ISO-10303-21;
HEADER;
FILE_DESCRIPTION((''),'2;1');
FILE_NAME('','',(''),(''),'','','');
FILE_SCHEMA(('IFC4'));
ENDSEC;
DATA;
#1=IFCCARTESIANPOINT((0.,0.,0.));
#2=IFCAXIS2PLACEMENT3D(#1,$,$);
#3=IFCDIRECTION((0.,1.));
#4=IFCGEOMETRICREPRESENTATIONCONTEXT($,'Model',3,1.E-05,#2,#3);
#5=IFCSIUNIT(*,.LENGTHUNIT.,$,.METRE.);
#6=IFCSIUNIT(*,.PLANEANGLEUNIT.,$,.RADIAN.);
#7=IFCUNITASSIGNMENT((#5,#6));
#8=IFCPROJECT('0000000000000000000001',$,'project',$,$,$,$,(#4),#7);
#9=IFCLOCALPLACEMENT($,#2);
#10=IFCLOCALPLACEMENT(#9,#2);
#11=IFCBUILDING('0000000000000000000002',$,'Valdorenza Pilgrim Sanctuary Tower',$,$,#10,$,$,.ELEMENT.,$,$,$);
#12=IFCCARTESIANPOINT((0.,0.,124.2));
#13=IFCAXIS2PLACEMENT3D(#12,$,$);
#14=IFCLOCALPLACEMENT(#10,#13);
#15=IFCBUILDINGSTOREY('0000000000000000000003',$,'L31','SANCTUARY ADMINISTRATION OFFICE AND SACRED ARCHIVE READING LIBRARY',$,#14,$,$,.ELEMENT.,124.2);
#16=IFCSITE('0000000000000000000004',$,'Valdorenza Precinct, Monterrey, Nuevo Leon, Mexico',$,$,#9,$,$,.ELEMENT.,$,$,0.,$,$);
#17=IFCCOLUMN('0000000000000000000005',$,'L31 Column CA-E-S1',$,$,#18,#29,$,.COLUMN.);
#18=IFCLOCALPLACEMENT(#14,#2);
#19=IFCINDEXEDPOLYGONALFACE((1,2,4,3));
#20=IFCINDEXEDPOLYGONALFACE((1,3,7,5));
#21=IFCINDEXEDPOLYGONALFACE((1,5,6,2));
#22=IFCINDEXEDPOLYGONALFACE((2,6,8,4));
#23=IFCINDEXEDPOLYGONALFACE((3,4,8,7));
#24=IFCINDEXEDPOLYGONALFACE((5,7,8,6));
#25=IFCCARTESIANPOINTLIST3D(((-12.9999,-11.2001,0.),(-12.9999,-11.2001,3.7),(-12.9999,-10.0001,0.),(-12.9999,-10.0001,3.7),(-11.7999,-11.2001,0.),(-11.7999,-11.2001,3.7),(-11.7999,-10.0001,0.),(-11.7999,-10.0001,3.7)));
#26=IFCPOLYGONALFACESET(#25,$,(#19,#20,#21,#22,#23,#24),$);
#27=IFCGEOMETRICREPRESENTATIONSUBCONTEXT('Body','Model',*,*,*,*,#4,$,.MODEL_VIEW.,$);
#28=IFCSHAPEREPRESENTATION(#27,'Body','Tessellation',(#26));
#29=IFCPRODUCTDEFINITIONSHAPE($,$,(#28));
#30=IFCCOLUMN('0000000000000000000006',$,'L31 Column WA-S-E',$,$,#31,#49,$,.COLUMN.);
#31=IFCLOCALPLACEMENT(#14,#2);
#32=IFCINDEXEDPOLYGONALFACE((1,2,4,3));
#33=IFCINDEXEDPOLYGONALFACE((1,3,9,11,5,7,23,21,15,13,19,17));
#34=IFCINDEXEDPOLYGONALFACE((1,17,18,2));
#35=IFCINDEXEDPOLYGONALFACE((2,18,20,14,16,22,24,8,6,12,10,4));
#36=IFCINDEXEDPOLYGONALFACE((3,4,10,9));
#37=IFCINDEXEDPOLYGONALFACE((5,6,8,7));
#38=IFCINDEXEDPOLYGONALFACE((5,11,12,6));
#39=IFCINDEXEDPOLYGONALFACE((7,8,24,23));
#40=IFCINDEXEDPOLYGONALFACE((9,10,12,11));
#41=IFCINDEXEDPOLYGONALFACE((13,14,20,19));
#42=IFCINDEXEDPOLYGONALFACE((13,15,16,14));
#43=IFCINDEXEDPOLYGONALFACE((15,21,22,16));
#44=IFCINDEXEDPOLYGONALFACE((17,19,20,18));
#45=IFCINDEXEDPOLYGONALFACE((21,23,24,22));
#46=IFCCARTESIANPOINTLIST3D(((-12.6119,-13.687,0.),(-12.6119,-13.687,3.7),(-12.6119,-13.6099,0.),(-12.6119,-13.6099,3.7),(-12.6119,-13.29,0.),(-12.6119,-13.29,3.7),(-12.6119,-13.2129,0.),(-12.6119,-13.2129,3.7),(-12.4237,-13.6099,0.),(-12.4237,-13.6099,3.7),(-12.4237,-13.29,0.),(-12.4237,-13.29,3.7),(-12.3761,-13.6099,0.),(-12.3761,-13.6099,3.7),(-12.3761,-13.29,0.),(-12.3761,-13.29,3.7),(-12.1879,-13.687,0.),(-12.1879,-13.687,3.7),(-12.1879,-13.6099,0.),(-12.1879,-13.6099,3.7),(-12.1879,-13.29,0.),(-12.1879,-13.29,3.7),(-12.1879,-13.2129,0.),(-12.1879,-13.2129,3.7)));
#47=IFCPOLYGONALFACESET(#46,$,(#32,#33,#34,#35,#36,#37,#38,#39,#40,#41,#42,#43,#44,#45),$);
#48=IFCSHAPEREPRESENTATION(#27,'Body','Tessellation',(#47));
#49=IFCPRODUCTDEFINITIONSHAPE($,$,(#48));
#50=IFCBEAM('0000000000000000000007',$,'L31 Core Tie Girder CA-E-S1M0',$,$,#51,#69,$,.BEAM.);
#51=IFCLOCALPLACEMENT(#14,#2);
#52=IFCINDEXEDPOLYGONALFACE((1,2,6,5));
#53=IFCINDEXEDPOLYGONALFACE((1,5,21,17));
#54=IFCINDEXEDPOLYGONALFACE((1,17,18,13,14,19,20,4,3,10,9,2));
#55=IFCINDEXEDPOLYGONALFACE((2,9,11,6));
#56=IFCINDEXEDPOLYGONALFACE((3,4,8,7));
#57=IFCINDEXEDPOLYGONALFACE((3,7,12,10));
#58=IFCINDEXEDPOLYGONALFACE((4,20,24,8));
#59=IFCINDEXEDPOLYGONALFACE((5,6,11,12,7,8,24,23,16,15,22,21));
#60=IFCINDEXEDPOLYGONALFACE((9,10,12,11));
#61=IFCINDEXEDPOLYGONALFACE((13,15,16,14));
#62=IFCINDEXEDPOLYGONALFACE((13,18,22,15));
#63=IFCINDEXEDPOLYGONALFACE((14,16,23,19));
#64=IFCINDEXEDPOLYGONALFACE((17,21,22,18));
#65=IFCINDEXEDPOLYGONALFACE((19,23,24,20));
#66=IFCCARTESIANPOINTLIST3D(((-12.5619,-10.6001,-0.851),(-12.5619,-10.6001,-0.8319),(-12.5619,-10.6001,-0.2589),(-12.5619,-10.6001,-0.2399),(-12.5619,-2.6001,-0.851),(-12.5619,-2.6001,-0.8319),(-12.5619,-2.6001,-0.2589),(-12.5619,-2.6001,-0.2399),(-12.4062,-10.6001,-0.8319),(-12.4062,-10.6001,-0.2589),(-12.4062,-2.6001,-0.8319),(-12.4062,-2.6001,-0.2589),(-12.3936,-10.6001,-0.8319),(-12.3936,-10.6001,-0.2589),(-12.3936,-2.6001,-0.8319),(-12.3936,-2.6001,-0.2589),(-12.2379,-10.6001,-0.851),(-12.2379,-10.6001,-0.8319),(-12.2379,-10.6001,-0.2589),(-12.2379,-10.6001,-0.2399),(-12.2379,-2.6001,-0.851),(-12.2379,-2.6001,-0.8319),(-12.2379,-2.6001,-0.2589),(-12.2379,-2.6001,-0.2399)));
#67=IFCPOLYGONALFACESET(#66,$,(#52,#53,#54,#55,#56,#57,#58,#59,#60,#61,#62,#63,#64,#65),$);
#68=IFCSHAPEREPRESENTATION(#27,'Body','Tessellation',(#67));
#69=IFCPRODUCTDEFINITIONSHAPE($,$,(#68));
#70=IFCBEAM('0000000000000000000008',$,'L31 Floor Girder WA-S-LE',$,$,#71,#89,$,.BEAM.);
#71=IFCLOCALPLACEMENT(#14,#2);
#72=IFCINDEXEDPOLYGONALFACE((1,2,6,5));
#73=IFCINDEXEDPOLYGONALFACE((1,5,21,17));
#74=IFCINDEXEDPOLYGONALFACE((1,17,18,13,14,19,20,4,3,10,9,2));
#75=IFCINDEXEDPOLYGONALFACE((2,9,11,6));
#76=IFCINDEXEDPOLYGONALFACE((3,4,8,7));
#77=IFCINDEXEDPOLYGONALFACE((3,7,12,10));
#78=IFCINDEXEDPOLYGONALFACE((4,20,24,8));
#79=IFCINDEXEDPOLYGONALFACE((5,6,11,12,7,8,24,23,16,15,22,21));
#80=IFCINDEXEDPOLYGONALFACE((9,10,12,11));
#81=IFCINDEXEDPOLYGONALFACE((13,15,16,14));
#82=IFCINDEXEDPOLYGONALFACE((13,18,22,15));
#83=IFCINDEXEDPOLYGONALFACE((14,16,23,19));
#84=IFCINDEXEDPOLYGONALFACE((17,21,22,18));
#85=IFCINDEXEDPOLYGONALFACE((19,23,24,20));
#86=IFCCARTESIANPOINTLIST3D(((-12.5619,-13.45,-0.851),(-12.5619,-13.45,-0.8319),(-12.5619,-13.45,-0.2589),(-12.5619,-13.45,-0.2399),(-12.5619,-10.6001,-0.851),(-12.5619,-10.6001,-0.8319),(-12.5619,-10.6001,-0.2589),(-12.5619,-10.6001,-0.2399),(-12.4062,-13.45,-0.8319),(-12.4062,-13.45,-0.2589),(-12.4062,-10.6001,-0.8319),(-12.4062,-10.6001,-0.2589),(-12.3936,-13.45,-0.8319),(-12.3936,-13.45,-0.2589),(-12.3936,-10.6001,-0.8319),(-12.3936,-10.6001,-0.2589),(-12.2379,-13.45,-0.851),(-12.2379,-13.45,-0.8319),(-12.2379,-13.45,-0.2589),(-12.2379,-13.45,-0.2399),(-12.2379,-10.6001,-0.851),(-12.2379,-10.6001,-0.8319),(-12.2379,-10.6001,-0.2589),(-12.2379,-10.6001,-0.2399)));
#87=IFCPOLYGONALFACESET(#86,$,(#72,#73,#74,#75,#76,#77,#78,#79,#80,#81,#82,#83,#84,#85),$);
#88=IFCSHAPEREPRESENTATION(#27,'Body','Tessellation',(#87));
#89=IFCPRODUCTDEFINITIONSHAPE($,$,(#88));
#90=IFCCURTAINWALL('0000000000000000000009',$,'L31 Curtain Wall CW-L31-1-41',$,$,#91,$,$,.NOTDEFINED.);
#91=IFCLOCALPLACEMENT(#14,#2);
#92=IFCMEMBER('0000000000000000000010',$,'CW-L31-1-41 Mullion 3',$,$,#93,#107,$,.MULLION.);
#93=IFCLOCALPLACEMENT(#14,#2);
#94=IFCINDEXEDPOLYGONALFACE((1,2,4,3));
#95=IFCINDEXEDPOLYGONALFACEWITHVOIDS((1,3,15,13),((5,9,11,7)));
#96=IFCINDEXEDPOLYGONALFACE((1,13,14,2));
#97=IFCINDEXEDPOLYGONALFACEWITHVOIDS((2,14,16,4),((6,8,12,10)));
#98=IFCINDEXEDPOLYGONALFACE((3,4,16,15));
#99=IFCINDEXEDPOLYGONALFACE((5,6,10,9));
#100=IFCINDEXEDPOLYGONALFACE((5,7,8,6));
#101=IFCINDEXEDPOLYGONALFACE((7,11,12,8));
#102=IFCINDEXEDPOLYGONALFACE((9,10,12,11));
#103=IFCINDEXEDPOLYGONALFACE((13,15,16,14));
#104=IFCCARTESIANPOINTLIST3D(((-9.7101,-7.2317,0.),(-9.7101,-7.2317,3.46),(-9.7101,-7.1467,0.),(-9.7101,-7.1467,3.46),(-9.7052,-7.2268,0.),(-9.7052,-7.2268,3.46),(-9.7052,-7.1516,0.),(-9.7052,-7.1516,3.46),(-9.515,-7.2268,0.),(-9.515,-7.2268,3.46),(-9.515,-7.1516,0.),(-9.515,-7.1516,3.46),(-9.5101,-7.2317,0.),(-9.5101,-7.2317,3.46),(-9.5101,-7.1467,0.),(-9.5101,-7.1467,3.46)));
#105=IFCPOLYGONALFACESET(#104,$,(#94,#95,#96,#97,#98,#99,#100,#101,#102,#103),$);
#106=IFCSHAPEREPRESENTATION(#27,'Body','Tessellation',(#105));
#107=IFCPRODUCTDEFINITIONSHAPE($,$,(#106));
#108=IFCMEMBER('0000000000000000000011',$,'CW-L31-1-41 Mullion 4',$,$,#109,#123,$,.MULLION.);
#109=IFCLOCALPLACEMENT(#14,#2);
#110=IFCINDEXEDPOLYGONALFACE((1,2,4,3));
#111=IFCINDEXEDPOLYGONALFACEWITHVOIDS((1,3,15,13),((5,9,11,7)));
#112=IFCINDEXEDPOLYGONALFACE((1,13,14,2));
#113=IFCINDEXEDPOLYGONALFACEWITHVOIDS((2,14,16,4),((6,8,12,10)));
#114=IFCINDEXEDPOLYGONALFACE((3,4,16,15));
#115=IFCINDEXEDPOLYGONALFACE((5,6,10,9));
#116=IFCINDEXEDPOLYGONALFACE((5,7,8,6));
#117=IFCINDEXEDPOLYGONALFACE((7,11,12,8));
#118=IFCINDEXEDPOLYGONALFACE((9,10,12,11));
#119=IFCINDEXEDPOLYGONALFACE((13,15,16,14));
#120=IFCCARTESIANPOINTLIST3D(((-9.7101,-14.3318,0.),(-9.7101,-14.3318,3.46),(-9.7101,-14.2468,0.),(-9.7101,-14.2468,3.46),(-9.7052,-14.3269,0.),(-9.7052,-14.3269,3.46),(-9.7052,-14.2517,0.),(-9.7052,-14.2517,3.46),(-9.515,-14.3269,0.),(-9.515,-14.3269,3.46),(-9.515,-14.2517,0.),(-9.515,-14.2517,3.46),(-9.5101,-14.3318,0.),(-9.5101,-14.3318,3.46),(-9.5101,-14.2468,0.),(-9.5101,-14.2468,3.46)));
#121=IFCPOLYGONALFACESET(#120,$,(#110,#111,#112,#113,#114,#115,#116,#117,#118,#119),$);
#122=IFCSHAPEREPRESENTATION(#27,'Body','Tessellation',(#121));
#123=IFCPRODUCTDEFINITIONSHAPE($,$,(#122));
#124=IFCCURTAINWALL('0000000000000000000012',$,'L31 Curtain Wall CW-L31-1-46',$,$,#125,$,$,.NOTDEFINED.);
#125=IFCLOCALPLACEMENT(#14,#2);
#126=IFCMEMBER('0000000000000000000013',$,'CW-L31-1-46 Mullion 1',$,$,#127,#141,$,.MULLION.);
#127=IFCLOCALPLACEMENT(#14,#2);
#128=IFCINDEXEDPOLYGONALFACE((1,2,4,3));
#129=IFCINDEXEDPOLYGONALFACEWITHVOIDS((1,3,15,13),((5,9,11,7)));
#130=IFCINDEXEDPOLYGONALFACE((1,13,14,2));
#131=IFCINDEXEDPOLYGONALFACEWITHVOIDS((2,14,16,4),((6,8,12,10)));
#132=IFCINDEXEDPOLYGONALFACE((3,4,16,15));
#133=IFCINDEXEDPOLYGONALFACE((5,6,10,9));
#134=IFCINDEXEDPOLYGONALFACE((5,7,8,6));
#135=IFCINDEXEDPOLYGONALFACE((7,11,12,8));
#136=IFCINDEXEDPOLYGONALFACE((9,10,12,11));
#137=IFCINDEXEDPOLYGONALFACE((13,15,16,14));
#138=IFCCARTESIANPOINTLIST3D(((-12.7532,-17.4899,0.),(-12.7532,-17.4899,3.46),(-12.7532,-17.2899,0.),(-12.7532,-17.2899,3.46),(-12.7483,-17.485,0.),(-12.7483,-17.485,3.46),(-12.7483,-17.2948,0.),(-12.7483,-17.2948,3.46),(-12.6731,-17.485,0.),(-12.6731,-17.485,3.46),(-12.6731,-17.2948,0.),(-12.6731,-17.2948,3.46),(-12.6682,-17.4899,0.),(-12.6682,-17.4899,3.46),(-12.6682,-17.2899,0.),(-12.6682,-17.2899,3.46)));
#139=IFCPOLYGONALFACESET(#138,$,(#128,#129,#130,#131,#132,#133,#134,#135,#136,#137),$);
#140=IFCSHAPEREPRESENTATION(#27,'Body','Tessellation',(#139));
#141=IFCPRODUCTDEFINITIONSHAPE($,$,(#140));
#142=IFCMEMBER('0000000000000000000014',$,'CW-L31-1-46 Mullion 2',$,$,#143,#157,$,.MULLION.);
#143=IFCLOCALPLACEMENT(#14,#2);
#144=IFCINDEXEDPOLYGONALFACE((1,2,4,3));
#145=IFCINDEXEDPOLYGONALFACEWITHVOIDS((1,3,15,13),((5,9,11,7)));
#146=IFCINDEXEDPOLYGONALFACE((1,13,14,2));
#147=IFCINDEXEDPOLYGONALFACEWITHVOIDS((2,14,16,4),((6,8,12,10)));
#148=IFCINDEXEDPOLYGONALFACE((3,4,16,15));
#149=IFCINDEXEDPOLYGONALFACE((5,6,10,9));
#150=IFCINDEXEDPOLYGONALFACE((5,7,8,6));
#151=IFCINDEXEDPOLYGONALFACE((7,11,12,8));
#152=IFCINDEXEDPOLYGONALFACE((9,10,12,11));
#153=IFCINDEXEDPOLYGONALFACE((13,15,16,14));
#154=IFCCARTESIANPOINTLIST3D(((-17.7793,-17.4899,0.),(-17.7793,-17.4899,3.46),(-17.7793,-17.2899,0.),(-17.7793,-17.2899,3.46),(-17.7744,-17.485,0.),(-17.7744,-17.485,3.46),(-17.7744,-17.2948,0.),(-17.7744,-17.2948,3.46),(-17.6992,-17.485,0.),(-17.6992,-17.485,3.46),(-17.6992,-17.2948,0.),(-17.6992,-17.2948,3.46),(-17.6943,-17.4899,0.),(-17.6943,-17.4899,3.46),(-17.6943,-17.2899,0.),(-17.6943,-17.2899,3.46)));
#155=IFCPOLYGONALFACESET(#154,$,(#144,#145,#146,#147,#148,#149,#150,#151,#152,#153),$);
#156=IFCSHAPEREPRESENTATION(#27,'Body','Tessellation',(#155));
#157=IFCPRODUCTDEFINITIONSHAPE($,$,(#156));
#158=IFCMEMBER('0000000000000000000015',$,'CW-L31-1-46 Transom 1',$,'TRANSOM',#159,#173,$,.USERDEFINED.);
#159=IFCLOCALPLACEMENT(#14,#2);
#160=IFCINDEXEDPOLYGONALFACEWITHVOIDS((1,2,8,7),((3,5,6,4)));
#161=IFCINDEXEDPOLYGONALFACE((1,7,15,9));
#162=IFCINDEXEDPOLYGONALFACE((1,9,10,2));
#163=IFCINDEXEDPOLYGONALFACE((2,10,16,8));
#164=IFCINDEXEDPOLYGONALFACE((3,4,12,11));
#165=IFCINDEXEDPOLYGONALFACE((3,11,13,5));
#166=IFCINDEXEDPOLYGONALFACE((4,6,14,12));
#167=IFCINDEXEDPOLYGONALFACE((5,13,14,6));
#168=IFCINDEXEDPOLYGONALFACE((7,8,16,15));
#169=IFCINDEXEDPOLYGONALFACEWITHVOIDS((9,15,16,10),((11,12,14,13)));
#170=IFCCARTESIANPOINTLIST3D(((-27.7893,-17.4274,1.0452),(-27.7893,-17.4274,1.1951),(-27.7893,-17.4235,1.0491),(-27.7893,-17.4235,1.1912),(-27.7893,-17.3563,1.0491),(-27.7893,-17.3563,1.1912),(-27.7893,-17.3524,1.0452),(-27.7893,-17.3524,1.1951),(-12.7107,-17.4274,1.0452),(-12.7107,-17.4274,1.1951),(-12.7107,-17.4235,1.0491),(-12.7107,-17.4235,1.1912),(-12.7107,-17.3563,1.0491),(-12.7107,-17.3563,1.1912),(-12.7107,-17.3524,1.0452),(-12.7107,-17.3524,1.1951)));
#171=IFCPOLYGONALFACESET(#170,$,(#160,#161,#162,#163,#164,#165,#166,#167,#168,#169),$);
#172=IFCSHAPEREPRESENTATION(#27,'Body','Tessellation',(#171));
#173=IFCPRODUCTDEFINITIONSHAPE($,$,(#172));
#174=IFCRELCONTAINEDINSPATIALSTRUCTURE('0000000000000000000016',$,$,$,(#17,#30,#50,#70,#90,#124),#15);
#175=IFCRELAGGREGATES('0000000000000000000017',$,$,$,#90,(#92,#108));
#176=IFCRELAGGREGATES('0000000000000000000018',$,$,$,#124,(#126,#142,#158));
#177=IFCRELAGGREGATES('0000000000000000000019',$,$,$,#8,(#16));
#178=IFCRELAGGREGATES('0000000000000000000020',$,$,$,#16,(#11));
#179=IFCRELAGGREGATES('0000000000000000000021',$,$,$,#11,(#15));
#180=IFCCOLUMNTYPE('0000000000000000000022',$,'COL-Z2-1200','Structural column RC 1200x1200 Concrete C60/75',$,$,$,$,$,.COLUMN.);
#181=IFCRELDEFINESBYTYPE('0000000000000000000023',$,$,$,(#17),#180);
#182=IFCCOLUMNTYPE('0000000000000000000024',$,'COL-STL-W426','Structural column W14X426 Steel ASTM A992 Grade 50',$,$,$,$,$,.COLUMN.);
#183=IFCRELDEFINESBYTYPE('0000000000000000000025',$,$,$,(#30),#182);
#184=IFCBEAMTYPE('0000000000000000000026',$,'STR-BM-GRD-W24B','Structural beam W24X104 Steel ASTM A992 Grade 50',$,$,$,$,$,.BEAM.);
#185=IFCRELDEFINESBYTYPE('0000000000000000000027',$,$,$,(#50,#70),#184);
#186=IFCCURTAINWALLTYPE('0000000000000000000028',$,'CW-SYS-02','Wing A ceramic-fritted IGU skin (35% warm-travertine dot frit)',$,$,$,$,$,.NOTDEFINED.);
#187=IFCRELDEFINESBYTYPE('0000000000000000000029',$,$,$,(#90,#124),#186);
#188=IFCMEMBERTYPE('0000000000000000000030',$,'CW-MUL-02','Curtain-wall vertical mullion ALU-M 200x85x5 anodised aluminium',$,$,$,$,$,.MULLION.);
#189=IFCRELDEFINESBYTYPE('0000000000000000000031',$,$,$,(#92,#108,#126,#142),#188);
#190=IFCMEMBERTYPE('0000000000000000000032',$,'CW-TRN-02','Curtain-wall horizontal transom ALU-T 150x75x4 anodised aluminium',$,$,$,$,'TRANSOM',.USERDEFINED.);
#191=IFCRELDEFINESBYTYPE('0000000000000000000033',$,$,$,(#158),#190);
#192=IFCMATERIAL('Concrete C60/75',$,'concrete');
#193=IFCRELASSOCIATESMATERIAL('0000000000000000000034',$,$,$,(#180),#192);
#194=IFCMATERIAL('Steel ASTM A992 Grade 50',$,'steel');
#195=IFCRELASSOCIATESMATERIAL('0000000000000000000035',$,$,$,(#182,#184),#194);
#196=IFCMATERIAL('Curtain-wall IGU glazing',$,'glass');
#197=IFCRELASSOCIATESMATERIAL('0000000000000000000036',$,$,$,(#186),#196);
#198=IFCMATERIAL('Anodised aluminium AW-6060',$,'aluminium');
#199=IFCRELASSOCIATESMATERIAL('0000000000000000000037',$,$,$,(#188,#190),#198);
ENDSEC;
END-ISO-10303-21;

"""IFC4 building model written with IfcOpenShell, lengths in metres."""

from ifc_helpers import new_model, si_unit, direction, frame, origin, origin_2d, place, context, subcontext, project, spatial, rectangle, hollow_rectangle, i_section, extrude, source, transform, mapped, material, material_profile, profile_set, type_object, element, aggregate, save


model = new_model("IFC4")

# Units and contexts
model_context = context("Model", 3, precision=1e-05, world=origin(), true_north=direction((0.0, 1.0)))
body_context = subcontext(model_context, "Body", "Model", "MODEL_VIEW")
ifc_project = project(units=[si_unit("LENGTHUNIT", "METRE"), si_unit("PLANEANGLEUNIT", "RADIAN")], contexts=[model_context])

# Site, building, storey
site_placement = place(None, origin())
site = spatial("IfcSite", under=ifc_project, at=site_placement, Name="Valdorenza Precinct, Monterrey, Nuevo Leon, Mexico", CompositionType="ELEMENT", RefElevation=0.0)
building_placement = place(site_placement, origin())
building = spatial("IfcBuilding", under=site, at=building_placement, Name="Valdorenza Pilgrim Sanctuary Tower", CompositionType="ELEMENT")
storey_placement = place(building_placement, frame((0.0, 0.0, 124.2)))
storey = spatial("IfcBuildingStorey", under=building, at=storey_placement, Name="L31", Description="SANCTUARY ADMINISTRATION OFFICE AND SACRED ARCHIVE READING LIBRARY", CompositionType="ELEMENT", Elevation=124.2)

# Columns
ifc_material_1 = material(Name="Concrete C60/75", Category="concrete")
ifc_material_profile_1 = material_profile(ifc_material_1, rectangle(XDim=1.2, YDim=1.2, at=origin_2d()), Name="RC 1200x1200")
ifc_profile_set_1 = profile_set([ifc_material_profile_1], Name="Concrete C60/75")
column_type_1 = type_object("IfcColumnType", Name="COL-Z2-1200", Description="Structural column RC 1200x1200 Concrete C60/75", PredefinedType="COLUMN", material=ifc_profile_set_1)
shared_shape_1 = source(origin(), body_context, "Body", "SweptSolid", [
    extrude(rectangle(XDim=1.2, YDim=1.2, at=origin_2d()), origin(), (0.0, 0.0, 1.0), 3.7),
])
column_1_placement = place(storey_placement, frame((-12.3999, -10.6001, 0.0), z_axis=(0.0, 0.0, 1.0), x_axis=(1.0, 0.0, 0.0)))
element("IfcColumn", 1, at=column_1_placement, inside=storey, type_object=column_type_1, Name="L31 Column CA-E-S1", PredefinedType="COLUMN", context=body_context, shape_type="MappedRepresentation", body=[
    mapped(shared_shape_1, transform((0.0, 0.0, 0.0), x_axis=(1.0, 0.0, 0.0), y_axis=(0.0, 1.0, 0.0), z_axis=(0.0, 0.0, 1.0), scale=1.0)),
])
ifc_material_2 = material(Name="Steel ASTM A992 Grade 50", Category="steel")
ifc_material_profile_2 = material_profile(ifc_material_2, i_section(OverallWidth=0.4241, OverallDepth=0.4741, WebThickness=0.0476, FlangeThickness=0.0771, at=origin_2d()), Name="W14X426")
ifc_profile_set_2 = profile_set([ifc_material_profile_2], Name="Steel ASTM A992 Grade 50")
column_type_2 = type_object("IfcColumnType", Name="COL-STL-W426", Description="Structural column W14X426 Steel ASTM A992 Grade 50", PredefinedType="COLUMN", material=ifc_profile_set_2)
shared_shape_2 = source(origin(), body_context, "Body", "SweptSolid", [
    extrude(i_section(OverallWidth=0.4241, OverallDepth=0.4741, WebThickness=0.0476, FlangeThickness=0.0771, at=origin_2d()), origin(), (0.0, 0.0, 1.0), 3.7),
])
column_2_placement = place(storey_placement, frame((-12.3999, -13.45, 0.0), z_axis=(0.0, 0.0, 1.0), x_axis=(1.0, 0.0, 0.0)))
element("IfcColumn", 2, at=column_2_placement, inside=storey, type_object=column_type_2, Name="L31 Column WA-S-E", PredefinedType="COLUMN", context=body_context, shape_type="MappedRepresentation", body=[
    mapped(shared_shape_2, transform((0.0, 0.0, 0.0), x_axis=(1.0, 0.0, 0.0), y_axis=(0.0, 1.0, 0.0), z_axis=(0.0, 0.0, 1.0), scale=1.0)),
])

# Beams
ifc_material_profile_3 = material_profile(ifc_material_2, i_section(OverallWidth=0.324, OverallDepth=0.6111, WebThickness=0.0127, FlangeThickness=0.019, at=origin_2d()), Name="W24X104")
ifc_profile_set_3 = profile_set([ifc_material_profile_3], Name="Steel ASTM A992 Grade 50")
beam_type = type_object("IfcBeamType", Name="STR-BM-GRD-W24B", Description="Structural beam W24X104 Steel ASTM A992 Grade 50", PredefinedType="BEAM", material=ifc_profile_set_3)
shared_shape_3 = source(origin(), body_context, "Body", "SweptSolid", [
    extrude(i_section(OverallWidth=0.324, OverallDepth=0.6111, WebThickness=0.0127, FlangeThickness=0.019, at=origin_2d()), origin(), (0.0, 0.0, 1.0), 8.0),
])
beam_1_placement = place(storey_placement, frame((-12.3999, -10.6001, -0.5454), z_axis=(0.0, 1.0, 0.0), x_axis=(-1.0, 0.0, 0.0)))
element("IfcBeam", 3, at=beam_1_placement, inside=storey, type_object=beam_type, Name="L31 Core Tie Girder CA-E-S1M0", PredefinedType="BEAM", context=body_context, shape_type="MappedRepresentation", body=[
    mapped(shared_shape_3, transform((0.0, 0.0, 0.0), x_axis=(1.0, 0.0, 0.0), y_axis=(0.0, 1.0, 0.0), z_axis=(0.0, 0.0, 1.0), scale=1.0)),
])
shared_shape_4 = source(origin(), body_context, "Body", "SweptSolid", [
    extrude(i_section(OverallWidth=0.324, OverallDepth=0.6111, WebThickness=0.0127, FlangeThickness=0.019, at=origin_2d()), origin(), (0.0, 0.0, 1.0), 2.8499),
])
beam_2_placement = place(storey_placement, frame((-12.3999, -13.45, -0.5454), z_axis=(0.0, 1.0, 0.0), x_axis=(-1.0, 0.0, 0.0)))
element("IfcBeam", 4, at=beam_2_placement, inside=storey, type_object=beam_type, Name="L31 Floor Girder WA-S-LE", PredefinedType="BEAM", context=body_context, shape_type="MappedRepresentation", body=[
    mapped(shared_shape_4, transform((0.0, 0.0, 0.0), x_axis=(1.0, 0.0, 0.0), y_axis=(0.0, 1.0, 0.0), z_axis=(0.0, 0.0, 1.0), scale=1.0)),
])

# Curtain walls, members
ifc_material_3 = material(Name="Curtain-wall IGU glazing", Category="glass")
curtain_wall_type = type_object("IfcCurtainWallType", Name="CW-SYS-02", Description="Wing A ceramic-fritted IGU skin (35% warm-travertine dot frit)", PredefinedType="NOTDEFINED", material=ifc_material_3)
curtain_wall_1_placement = place(storey_placement, origin())
curtain_wall_1 = element("IfcCurtainWall", 5, at=curtain_wall_1_placement, inside=storey, type_object=curtain_wall_type, Name="L31 Curtain Wall CW-L31-1-41", PredefinedType="NOTDEFINED")
ifc_material_4 = material(Name="Anodised aluminium AW-6060", Category="aluminium")
ifc_material_profile_4 = material_profile(ifc_material_4, hollow_rectangle(XDim=0.085, YDim=0.2, WallThickness=0.0049, at=origin_2d()), Name="ALU-M 200x85x5")
ifc_profile_set_4 = profile_set([ifc_material_profile_4], Name="Anodised aluminium AW-6060")
member_type_1 = type_object("IfcMemberType", Name="CW-MUL-02", Description="Curtain-wall vertical mullion ALU-M 200x85x5 anodised aluminium", PredefinedType="MULLION", material=ifc_profile_set_4)
shared_shape_5 = source(origin(), body_context, "Body", "SweptSolid", [
    extrude(hollow_rectangle(XDim=0.085, YDim=0.2, WallThickness=0.0049, at=origin_2d()), origin(), (0.0, 0.0, 1.0), 3.46),
])
member_1_placement = place(storey_placement, frame((-9.6101, -7.1892, 0.0), z_axis=(0.0, 0.0, 1.0), x_axis=(0.0, -1.0, 0.0)))
member_1 = element("IfcMember", 6, at=member_1_placement, type_object=member_type_1, Name="CW-L31-1-41 Mullion 3", PredefinedType="MULLION", context=body_context, shape_type="MappedRepresentation", body=[
    mapped(shared_shape_5, transform((0.0, 0.0, 0.0), x_axis=(1.0, 0.0, 0.0), y_axis=(0.0, 1.0, 0.0), z_axis=(0.0, 0.0, 1.0), scale=1.0)),
])
member_2_placement = place(storey_placement, frame((-9.6101, -14.2893, 0.0), z_axis=(0.0, 0.0, 1.0), x_axis=(0.0, -1.0, 0.0)))
member_2 = element("IfcMember", 7, at=member_2_placement, type_object=member_type_1, Name="CW-L31-1-41 Mullion 4", PredefinedType="MULLION", context=body_context, shape_type="MappedRepresentation", body=[
    mapped(shared_shape_5, transform((0.0, 0.0, 0.0), x_axis=(1.0, 0.0, 0.0), y_axis=(0.0, 1.0, 0.0), z_axis=(0.0, 0.0, 1.0), scale=1.0)),
])
curtain_wall_2_placement = place(storey_placement, origin())
curtain_wall_2 = element("IfcCurtainWall", 8, at=curtain_wall_2_placement, inside=storey, type_object=curtain_wall_type, Name="L31 Curtain Wall CW-L31-1-46", PredefinedType="NOTDEFINED")
member_3_placement = place(storey_placement, frame((-12.7107, -17.3899, 0.0), z_axis=(0.0, 0.0, 1.0), x_axis=(-1.0, 0.0, 0.0)))
member_3 = element("IfcMember", 9, at=member_3_placement, type_object=member_type_1, Name="CW-L31-1-46 Mullion 1", PredefinedType="MULLION", context=body_context, shape_type="MappedRepresentation", body=[
    mapped(shared_shape_5, transform((0.0, 0.0, 0.0), x_axis=(1.0, 0.0, 0.0), y_axis=(0.0, 1.0, 0.0), z_axis=(0.0, 0.0, 1.0), scale=1.0)),
])
member_4_placement = place(storey_placement, frame((-17.7368, -17.3899, 0.0), z_axis=(0.0, 0.0, 1.0), x_axis=(-1.0, 0.0, 0.0)))
member_4 = element("IfcMember", 10, at=member_4_placement, type_object=member_type_1, Name="CW-L31-1-46 Mullion 2", PredefinedType="MULLION", context=body_context, shape_type="MappedRepresentation", body=[
    mapped(shared_shape_5, transform((0.0, 0.0, 0.0), x_axis=(1.0, 0.0, 0.0), y_axis=(0.0, 1.0, 0.0), z_axis=(0.0, 0.0, 1.0), scale=1.0)),
])
ifc_material_profile_5 = material_profile(ifc_material_4, hollow_rectangle(XDim=0.075, YDim=0.1499, WallThickness=0.0039, at=origin_2d()), Name="ALU-T 150x75x4")
ifc_profile_set_5 = profile_set([ifc_material_profile_5], Name="Anodised aluminium AW-6060")
member_type_2 = type_object("IfcMemberType", Name="CW-TRN-02", Description="Curtain-wall horizontal transom ALU-T 150x75x4 anodised aluminium", ElementType="TRANSOM", PredefinedType="USERDEFINED", material=ifc_profile_set_5)
shared_shape_6 = source(origin(), body_context, "Body", "SweptSolid", [
    extrude(hollow_rectangle(XDim=0.075, YDim=0.1499, WallThickness=0.0039, at=origin_2d()), origin(), (0.0, 0.0, 1.0), 15.0786),
])
member_5_placement = place(storey_placement, frame((-12.7107, -17.3899, 1.1201), z_axis=(-1.0, 0.0, 0.0), x_axis=(0.0, -1.0, 0.0)))
member_5 = element("IfcMember", 11, at=member_5_placement, type_object=member_type_2, Name="CW-L31-1-46 Transom 1", ObjectType="TRANSOM", PredefinedType="USERDEFINED", context=body_context, shape_type="MappedRepresentation", body=[
    mapped(shared_shape_6, transform((0.0, 0.0, 0.0), x_axis=(1.0, 0.0, 0.0), y_axis=(0.0, 1.0, 0.0), z_axis=(0.0, 0.0, 1.0), scale=1.0)),
])

aggregate(curtain_wall_1, [member_1, member_2])
aggregate(curtain_wall_2, [member_3, member_4, member_5])

save(model, "model.ifc")
